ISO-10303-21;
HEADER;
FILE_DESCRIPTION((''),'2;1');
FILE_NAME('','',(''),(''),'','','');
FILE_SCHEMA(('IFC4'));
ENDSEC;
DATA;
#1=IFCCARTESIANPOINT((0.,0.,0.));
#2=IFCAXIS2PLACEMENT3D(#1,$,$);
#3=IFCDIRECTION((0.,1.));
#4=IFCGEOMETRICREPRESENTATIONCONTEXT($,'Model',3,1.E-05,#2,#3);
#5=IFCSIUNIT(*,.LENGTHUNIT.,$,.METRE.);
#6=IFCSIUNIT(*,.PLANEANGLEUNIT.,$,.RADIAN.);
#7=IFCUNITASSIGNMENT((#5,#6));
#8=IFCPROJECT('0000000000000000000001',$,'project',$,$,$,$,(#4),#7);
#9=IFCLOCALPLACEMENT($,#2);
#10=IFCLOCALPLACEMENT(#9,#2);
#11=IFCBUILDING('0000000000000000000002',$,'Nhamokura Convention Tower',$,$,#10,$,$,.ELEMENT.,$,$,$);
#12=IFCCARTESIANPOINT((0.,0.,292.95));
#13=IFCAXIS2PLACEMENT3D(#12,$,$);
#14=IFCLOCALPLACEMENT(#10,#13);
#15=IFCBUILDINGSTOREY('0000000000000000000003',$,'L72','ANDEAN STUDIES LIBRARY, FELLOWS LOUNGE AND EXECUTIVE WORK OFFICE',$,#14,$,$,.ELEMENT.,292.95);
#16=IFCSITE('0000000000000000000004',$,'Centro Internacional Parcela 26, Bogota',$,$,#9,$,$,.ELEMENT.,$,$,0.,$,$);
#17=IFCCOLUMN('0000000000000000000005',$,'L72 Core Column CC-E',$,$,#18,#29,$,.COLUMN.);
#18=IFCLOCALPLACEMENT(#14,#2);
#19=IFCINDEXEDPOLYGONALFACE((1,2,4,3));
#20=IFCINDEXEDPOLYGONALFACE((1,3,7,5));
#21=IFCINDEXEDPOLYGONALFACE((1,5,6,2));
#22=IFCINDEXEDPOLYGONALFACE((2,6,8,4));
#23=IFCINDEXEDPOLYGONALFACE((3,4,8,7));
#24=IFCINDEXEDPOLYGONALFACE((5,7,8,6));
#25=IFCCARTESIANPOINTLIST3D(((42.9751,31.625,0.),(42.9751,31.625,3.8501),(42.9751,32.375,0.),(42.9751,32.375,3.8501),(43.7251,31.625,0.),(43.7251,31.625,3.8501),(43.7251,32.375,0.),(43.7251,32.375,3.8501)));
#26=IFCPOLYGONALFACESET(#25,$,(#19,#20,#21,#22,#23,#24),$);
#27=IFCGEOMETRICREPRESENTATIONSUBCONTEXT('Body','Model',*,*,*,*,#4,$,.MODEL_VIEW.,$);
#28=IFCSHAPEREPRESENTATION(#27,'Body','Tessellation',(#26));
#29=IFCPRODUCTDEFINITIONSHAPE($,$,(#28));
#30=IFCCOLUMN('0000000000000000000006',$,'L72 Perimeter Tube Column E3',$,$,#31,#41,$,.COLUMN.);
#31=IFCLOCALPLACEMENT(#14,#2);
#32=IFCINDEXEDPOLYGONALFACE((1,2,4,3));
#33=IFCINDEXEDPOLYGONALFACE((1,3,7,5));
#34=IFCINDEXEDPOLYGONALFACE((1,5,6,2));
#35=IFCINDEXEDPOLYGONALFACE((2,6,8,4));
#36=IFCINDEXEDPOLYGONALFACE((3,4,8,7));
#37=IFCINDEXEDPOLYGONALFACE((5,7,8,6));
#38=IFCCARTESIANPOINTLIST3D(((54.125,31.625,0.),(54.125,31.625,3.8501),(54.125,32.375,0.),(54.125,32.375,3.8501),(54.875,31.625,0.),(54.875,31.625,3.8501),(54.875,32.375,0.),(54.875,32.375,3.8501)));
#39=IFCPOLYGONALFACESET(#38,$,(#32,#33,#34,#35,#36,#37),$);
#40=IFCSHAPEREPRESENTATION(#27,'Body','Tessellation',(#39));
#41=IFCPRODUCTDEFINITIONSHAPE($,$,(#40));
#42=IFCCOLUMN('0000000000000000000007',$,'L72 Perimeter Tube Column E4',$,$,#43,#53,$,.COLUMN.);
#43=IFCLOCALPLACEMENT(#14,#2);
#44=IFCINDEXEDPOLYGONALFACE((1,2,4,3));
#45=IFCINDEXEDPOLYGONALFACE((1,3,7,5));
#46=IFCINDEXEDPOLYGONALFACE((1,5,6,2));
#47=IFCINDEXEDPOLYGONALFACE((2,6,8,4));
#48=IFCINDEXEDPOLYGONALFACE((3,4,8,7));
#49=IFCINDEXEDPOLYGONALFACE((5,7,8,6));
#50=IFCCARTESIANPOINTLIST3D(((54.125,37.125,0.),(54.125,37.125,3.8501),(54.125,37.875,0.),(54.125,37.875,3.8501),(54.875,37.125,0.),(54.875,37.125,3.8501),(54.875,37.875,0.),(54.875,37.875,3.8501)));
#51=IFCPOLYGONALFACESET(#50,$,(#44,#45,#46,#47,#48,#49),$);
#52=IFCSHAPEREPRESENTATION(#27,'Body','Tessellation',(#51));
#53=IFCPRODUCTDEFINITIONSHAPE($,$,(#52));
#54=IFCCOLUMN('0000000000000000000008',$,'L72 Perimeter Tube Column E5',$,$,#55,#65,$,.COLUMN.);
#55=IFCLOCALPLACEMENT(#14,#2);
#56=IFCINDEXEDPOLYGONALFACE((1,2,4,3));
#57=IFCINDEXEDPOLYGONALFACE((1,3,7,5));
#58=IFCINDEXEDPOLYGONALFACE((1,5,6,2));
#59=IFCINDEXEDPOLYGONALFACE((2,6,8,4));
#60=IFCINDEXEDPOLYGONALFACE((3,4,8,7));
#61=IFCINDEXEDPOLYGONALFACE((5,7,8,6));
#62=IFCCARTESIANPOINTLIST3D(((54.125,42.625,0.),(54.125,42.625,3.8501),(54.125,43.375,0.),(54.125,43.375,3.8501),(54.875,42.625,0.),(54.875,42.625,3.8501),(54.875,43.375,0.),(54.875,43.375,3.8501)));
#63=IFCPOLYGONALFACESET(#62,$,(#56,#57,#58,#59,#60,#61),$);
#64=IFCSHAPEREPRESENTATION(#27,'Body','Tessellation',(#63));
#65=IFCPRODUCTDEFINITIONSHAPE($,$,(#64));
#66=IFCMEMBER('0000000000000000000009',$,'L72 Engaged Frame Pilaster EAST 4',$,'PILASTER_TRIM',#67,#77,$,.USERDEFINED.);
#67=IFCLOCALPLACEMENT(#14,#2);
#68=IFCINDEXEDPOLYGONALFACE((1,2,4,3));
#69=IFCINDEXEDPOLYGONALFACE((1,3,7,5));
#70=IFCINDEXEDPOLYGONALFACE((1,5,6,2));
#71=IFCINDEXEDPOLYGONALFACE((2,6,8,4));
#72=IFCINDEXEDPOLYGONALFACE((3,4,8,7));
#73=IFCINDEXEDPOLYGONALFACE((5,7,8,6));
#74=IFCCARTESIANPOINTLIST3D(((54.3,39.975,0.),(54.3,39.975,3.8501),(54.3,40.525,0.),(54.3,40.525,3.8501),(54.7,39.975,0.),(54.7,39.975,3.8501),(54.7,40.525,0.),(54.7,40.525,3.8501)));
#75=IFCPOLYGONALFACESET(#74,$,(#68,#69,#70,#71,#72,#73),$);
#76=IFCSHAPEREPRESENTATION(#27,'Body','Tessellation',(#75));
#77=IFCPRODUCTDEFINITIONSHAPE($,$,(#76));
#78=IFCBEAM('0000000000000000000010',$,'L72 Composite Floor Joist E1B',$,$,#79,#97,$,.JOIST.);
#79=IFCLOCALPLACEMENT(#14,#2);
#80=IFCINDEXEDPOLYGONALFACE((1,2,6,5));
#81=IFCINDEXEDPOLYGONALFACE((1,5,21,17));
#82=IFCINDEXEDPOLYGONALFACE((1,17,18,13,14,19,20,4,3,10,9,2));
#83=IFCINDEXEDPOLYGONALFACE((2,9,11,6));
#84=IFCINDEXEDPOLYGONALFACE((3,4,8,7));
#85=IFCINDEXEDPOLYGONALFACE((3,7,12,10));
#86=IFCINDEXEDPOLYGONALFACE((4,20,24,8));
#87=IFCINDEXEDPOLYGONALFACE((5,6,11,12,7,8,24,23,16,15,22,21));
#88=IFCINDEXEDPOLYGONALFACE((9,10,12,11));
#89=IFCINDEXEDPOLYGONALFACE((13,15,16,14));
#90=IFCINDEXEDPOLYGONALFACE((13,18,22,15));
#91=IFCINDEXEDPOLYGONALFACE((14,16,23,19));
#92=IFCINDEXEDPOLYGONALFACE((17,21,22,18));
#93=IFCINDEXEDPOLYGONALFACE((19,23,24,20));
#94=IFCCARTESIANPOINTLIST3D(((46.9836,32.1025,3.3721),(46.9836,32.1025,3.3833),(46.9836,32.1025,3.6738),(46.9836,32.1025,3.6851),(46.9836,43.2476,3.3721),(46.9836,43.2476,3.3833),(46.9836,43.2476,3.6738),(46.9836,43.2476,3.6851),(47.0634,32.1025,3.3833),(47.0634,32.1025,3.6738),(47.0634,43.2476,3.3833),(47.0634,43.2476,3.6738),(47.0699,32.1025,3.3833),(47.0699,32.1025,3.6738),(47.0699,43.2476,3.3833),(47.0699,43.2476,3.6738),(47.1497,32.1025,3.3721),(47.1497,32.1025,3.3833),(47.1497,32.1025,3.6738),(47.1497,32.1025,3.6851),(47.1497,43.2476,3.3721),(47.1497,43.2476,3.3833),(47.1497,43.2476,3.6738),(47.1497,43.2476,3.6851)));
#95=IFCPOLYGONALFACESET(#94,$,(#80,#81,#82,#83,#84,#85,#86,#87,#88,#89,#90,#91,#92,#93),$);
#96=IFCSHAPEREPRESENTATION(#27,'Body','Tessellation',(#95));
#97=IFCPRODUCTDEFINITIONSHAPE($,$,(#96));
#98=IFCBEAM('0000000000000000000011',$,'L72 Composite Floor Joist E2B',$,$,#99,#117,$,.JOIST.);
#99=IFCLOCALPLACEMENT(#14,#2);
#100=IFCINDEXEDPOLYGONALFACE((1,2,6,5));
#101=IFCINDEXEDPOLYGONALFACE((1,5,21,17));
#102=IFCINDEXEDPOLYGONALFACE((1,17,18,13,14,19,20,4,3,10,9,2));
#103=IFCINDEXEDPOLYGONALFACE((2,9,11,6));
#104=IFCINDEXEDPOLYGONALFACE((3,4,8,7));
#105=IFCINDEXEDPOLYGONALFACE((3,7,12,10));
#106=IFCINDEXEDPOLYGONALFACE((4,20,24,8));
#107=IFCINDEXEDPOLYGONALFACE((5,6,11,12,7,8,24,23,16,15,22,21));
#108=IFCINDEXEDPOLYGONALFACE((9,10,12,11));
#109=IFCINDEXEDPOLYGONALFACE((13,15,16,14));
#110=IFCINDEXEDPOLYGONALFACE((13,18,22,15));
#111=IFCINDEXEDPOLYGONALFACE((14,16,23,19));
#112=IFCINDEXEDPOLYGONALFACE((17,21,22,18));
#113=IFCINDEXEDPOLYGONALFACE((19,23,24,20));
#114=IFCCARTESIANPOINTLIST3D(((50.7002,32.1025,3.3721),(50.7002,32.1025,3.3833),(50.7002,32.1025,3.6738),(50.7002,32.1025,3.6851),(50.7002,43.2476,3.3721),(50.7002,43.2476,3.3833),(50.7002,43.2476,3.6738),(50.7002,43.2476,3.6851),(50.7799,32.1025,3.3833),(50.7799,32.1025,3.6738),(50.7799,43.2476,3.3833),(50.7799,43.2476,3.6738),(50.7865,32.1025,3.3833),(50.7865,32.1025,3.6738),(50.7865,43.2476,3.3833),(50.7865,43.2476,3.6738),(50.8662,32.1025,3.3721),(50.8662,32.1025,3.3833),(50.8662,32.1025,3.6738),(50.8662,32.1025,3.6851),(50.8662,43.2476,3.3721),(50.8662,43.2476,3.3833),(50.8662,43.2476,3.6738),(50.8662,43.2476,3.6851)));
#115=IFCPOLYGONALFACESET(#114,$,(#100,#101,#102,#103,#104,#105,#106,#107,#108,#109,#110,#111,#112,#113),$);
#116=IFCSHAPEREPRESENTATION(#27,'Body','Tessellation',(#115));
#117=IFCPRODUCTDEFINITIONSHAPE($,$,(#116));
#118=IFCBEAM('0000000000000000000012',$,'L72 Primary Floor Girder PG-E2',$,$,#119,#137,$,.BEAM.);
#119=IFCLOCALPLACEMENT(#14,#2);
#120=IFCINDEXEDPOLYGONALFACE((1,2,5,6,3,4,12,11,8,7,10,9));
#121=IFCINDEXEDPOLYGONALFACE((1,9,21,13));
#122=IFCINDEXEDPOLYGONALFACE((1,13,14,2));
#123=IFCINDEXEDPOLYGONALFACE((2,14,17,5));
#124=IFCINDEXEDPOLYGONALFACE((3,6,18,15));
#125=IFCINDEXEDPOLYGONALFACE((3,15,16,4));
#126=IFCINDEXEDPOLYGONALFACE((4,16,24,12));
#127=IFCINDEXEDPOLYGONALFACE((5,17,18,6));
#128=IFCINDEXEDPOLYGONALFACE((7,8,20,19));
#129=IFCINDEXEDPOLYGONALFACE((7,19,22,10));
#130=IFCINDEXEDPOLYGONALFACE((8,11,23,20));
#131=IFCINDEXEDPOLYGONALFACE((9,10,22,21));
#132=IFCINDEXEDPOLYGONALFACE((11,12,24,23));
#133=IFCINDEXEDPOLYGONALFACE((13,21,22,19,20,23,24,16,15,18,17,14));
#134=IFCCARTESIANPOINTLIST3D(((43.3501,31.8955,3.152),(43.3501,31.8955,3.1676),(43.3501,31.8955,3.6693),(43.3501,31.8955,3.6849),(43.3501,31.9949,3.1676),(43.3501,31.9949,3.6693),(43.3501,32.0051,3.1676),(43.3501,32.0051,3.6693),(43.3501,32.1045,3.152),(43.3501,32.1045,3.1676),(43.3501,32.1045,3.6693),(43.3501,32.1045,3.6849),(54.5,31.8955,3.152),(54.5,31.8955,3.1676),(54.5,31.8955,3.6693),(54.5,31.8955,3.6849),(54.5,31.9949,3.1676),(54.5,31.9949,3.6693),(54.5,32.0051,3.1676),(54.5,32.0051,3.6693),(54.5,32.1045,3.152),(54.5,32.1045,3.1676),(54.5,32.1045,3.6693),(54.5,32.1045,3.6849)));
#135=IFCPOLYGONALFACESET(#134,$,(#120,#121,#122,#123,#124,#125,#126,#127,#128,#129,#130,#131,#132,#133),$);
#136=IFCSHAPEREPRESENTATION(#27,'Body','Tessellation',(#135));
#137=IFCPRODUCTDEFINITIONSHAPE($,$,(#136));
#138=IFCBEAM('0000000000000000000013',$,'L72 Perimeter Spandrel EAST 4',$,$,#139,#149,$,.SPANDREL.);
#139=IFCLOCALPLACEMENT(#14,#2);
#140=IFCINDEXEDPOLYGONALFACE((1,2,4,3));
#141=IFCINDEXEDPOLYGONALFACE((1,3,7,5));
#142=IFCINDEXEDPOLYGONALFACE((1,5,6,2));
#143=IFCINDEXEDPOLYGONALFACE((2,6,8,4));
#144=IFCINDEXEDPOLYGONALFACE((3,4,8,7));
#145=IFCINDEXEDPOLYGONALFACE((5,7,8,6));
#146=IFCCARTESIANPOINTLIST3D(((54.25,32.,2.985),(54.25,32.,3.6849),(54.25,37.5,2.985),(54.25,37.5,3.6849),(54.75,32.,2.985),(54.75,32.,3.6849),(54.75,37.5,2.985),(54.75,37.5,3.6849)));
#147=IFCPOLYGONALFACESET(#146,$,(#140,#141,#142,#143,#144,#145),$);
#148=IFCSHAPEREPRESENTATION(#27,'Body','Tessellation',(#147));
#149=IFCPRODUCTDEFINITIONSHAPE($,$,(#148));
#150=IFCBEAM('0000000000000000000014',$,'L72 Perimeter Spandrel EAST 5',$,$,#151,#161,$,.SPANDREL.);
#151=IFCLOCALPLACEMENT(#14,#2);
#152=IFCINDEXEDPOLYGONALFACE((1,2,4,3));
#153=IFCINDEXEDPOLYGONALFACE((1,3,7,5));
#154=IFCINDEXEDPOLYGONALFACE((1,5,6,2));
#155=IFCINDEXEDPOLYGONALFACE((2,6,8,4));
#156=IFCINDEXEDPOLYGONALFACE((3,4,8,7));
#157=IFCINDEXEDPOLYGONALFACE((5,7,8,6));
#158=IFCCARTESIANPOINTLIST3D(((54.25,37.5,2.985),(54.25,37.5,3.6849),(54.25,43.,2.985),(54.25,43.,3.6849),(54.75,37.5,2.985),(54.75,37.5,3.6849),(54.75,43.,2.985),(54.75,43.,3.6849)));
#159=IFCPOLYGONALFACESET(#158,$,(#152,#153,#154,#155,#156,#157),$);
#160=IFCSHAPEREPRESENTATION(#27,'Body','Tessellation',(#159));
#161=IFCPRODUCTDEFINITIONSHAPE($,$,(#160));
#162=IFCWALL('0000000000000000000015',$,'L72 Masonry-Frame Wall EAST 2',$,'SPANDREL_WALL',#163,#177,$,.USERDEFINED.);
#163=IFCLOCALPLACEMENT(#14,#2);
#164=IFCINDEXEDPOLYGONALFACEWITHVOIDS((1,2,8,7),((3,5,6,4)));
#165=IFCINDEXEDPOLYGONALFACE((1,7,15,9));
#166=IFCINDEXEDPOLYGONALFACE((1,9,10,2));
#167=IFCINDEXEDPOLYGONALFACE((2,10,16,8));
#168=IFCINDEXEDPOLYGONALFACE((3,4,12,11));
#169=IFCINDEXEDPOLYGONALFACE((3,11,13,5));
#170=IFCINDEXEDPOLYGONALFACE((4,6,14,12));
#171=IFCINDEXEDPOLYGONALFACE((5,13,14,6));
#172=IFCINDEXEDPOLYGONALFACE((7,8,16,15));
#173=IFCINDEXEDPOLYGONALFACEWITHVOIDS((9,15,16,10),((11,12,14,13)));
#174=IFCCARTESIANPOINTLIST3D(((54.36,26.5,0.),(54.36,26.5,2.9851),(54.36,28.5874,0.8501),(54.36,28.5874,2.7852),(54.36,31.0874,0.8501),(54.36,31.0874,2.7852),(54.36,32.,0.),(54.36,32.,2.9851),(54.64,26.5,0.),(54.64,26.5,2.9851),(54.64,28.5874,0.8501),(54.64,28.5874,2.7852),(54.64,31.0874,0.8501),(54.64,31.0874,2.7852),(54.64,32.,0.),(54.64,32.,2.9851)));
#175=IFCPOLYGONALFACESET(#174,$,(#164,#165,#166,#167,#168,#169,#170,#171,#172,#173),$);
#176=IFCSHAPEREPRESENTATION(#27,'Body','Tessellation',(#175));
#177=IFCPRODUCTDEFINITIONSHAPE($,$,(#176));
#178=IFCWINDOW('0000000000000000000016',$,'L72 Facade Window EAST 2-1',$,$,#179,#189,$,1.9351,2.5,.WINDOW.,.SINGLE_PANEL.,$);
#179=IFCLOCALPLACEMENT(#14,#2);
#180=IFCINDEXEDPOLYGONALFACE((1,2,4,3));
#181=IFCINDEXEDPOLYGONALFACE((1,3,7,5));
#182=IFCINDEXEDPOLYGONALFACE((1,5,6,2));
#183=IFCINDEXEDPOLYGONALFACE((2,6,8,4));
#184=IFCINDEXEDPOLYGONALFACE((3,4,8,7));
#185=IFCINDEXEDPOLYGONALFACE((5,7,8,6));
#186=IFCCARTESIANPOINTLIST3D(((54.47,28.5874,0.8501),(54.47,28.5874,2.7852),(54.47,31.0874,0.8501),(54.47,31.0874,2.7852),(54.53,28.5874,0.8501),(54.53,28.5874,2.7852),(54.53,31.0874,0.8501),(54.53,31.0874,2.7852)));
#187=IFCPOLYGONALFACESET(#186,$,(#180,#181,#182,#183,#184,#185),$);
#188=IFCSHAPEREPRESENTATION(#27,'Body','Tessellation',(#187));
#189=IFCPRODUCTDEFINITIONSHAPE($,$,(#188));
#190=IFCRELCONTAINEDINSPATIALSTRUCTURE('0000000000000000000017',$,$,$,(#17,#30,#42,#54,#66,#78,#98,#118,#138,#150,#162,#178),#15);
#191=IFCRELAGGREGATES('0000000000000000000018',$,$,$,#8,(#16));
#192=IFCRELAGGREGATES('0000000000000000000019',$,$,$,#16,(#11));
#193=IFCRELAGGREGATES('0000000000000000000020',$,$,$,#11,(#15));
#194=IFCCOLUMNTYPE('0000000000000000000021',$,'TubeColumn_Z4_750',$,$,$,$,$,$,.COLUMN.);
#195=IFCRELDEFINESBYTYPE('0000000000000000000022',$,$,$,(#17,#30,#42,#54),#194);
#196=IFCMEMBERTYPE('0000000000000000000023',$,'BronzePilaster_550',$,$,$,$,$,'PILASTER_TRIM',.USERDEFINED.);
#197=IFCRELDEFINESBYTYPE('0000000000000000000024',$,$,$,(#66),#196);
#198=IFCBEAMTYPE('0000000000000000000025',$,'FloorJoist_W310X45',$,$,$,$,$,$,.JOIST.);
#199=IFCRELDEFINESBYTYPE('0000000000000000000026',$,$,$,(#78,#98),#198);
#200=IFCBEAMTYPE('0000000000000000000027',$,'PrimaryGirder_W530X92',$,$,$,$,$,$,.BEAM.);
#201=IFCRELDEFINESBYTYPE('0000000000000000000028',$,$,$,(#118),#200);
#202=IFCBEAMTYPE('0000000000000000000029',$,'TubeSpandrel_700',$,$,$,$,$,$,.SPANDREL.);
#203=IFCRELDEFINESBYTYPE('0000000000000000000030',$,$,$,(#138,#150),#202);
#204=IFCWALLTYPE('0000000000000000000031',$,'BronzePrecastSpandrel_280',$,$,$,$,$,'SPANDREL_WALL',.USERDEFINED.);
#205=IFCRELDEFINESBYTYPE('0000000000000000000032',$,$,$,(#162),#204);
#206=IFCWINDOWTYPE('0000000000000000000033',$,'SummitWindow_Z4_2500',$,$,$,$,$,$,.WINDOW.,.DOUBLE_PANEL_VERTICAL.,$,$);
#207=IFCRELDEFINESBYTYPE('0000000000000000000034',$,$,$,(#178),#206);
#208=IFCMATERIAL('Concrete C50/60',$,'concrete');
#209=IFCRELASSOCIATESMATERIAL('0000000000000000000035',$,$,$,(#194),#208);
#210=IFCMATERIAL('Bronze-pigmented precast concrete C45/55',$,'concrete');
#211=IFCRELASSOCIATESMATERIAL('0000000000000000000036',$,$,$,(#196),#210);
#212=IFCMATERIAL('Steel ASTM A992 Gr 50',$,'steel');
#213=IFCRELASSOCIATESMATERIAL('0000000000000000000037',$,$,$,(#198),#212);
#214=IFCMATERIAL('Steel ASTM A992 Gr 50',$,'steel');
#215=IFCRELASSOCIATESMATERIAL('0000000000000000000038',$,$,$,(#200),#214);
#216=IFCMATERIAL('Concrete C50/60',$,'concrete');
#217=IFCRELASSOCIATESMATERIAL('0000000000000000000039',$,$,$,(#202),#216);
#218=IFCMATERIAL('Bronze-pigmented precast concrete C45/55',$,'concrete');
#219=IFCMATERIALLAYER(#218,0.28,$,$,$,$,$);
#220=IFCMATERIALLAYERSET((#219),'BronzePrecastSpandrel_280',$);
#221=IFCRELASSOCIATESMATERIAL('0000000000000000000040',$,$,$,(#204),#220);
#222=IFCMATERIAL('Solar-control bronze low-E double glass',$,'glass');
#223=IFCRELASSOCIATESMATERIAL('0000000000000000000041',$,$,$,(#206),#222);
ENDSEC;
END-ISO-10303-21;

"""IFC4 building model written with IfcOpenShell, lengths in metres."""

from ifc_helpers import new_model, si_unit, direction, frame, frame_2d, origin, origin_2d, place, context, subcontext, project, spatial, rectangle, i_section, extrude, material, layer, layer_set, material_profile, profile_set, type_object, element, fill, save


model = new_model("IFC4")

# Units and contexts
model_context = context("Model", 3, precision=1e-05, world=origin(), true_north=direction((0.0, 1.0)))
body_context = subcontext(model_context, "Body", "Model", "MODEL_VIEW")
ifc_project = project(units=[si_unit("LENGTHUNIT", "METRE"), si_unit("PLANEANGLEUNIT", "RADIAN")], contexts=[model_context])

# Site, building, storey
site_placement = place(None, origin())
site = spatial("IfcSite", under=ifc_project, at=site_placement, Name="Centro Internacional Parcela 26, Bogota", CompositionType="ELEMENT", RefElevation=0.0)
building_placement = place(site_placement, origin())
building = spatial("IfcBuilding", under=site, at=building_placement, Name="Nhamokura Convention Tower", CompositionType="ELEMENT")
storey_placement = place(building_placement, frame((0.0, 0.0, 292.95)))
storey = spatial("IfcBuildingStorey", under=building, at=storey_placement, Name="L72", Description="ANDEAN STUDIES LIBRARY, FELLOWS LOUNGE AND EXECUTIVE WORK OFFICE", CompositionType="ELEMENT", Elevation=292.95)

# Columns
ifc_material_1 = material(Name="Concrete C50/60", Category="concrete")
ifc_material_profile_1 = material_profile(ifc_material_1, rectangle(XDim=0.75, YDim=0.75, at=origin_2d()))
ifc_profile_set_1 = profile_set([ifc_material_profile_1], Name="Concrete C50/60")
column_type = type_object("IfcColumnType", Name="TubeColumn_Z4_750", PredefinedType="COLUMN", material=ifc_profile_set_1)
for number, where, z_axis, x_axis, name in (
    (1, (43.3501, 32.0, 0.0), (0.0, 0.0, 1.0), (1.0, 0.0, 0.0), "L72 Core Column CC-E"),
    (2, (54.5, 32.0, 0.0), (0.0, 0.0, 1.0), (1.0, 0.0, 0.0), "L72 Perimeter Tube Column E3"),
    (3, (54.5, 37.5, 0.0), (0.0, 0.0, 1.0), (1.0, 0.0, 0.0), "L72 Perimeter Tube Column E4"),
    (4, (54.5, 43.0, 0.0), (0.0, 0.0, 1.0), (1.0, 0.0, 0.0), "L72 Perimeter Tube Column E5"),
):
    element("IfcColumn", number, at=place(storey_placement, frame(where, z_axis=z_axis, x_axis=x_axis)), inside=storey, type_object=column_type, Name=name, PredefinedType="COLUMN", context=body_context, shape_type="SweptSolid", body=[
        extrude(rectangle(XDim=0.75, YDim=0.75, at=origin_2d()), origin(), (0.0, 0.0, 1.0), 3.8501),
    ])

# Member
ifc_material_2 = material(Name="Bronze-pigmented precast concrete C45/55", Category="concrete")
ifc_material_profile_2 = material_profile(ifc_material_2, rectangle(XDim=0.3999, YDim=0.55, at=origin_2d()))
ifc_profile_set_2 = profile_set([ifc_material_profile_2], Name="Bronze-pigmented precast concrete C45/55")
member_type = type_object("IfcMemberType", Name="BronzePilaster_550", ElementType="PILASTER_TRIM", PredefinedType="USERDEFINED", material=ifc_profile_set_2)
member_placement = place(storey_placement, frame((54.5, 40.25, 0.0), z_axis=(0.0, 0.0, 1.0), x_axis=(1.0, 0.0, 0.0)))
element("IfcMember", 5, at=member_placement, inside=storey, type_object=member_type, Name="L72 Engaged Frame Pilaster EAST 4", ObjectType="PILASTER_TRIM", PredefinedType="USERDEFINED", context=body_context, shape_type="SweptSolid", body=[
    extrude(rectangle(XDim=0.3999, YDim=0.55, at=origin_2d()), origin(), (0.0, 0.0, 1.0), 3.8501),
])

# Beams
ifc_material_3 = material(Name="Steel ASTM A992 Gr 50", Category="steel")
ifc_material_profile_3 = material_profile(ifc_material_3, i_section(OverallWidth=0.166, OverallDepth=0.313, WebThickness=0.0066, FlangeThickness=0.0112, at=origin_2d()))
ifc_profile_set_3 = profile_set([ifc_material_profile_3], Name="Steel ASTM A992 Gr 50")
beam_type_1 = type_object("IfcBeamType", Name="FloorJoist_W310X45", PredefinedType="JOIST", material=ifc_profile_set_3)
for number, where, z_axis, x_axis, name in (
    (6, (47.0667, 32.1025, 3.5286), (0.0, 1.0, 0.0), (-1.0, 0.0, 0.0), "L72 Composite Floor Joist E1B"),
    (7, (50.7832, 32.1025, 3.5286), (0.0, 1.0, 0.0), (-1.0, 0.0, 0.0), "L72 Composite Floor Joist E2B"),
):
    element("IfcBeam", number, at=place(storey_placement, frame(where, z_axis=z_axis, x_axis=x_axis)), inside=storey, type_object=beam_type_1, Name=name, PredefinedType="JOIST", context=body_context, shape_type="SweptSolid", body=[
        extrude(i_section(OverallWidth=0.166, OverallDepth=0.313, WebThickness=0.0066, FlangeThickness=0.0112, at=origin_2d()), origin(), (0.0, 0.0, 1.0), 11.145),
    ])
ifc_material_4 = material(Name="Steel ASTM A992 Gr 50", Category="steel")
ifc_material_profile_4 = material_profile(ifc_material_4, i_section(OverallWidth=0.209, OverallDepth=0.533, WebThickness=0.0103, FlangeThickness=0.0156, at=origin_2d()))
ifc_profile_set_4 = profile_set([ifc_material_profile_4], Name="Steel ASTM A992 Gr 50")
beam_type_2 = type_object("IfcBeamType", Name="PrimaryGirder_W530X92", PredefinedType="BEAM", material=ifc_profile_set_4)
beam_placement = place(storey_placement, frame((43.3501, 32.0, 3.4185), z_axis=(1.0, 0.0, 0.0), x_axis=(0.0, 1.0, 0.0)))
element("IfcBeam", 8, at=beam_placement, inside=storey, type_object=beam_type_2, Name="L72 Primary Floor Girder PG-E2", PredefinedType="BEAM", context=body_context, shape_type="SweptSolid", body=[
    extrude(i_section(OverallWidth=0.209, OverallDepth=0.533, WebThickness=0.0103, FlangeThickness=0.0156, at=origin_2d()), origin(), (0.0, 0.0, 1.0), 11.1499),
])
ifc_material_5 = material(Name="Concrete C50/60", Category="concrete")
ifc_material_profile_5 = material_profile(ifc_material_5, rectangle(XDim=0.5, YDim=0.7, at=origin_2d()))
ifc_profile_set_5 = profile_set([ifc_material_profile_5], Name="Concrete C50/60")
beam_type_3 = type_object("IfcBeamType", Name="TubeSpandrel_700", PredefinedType="SPANDREL", material=ifc_profile_set_5)
for number, where, z_axis, x_axis, name in (
    (9, (54.5, 32.0, 3.335), (0.0, 1.0, 0.0), (-1.0, 0.0, 0.0), "L72 Perimeter Spandrel EAST 4"),
    (10, (54.5, 37.5, 3.335), (0.0, 1.0, 0.0), (-1.0, 0.0, 0.0), "L72 Perimeter Spandrel EAST 5"),
):
    element("IfcBeam", number, at=place(storey_placement, frame(where, z_axis=z_axis, x_axis=x_axis)), inside=storey, type_object=beam_type_3, Name=name, PredefinedType="SPANDREL", context=body_context, shape_type="SweptSolid", body=[
        extrude(rectangle(XDim=0.5, YDim=0.7, at=origin_2d()), origin(), (0.0, 0.0, 1.0), 5.5),
    ])

# Wall, opening, window
ifc_material_6 = material(Name="Bronze-pigmented precast concrete C45/55", Category="concrete")
ifc_layer_1 = layer(ifc_material_6, 0.28)
ifc_layer_set_1 = layer_set([ifc_layer_1], Name="BronzePrecastSpandrel_280")
wall_type_1 = type_object("IfcWallType", Name="BronzePrecastSpandrel_280", ElementType="SPANDREL_WALL", PredefinedType="USERDEFINED", material=ifc_layer_set_1)
wall_1_placement = place(storey_placement, frame((54.5, 32.0, 0.0), z_axis=(0.0, 0.0, 1.0), x_axis=(0.0, -1.0, 0.0)))
wall_1 = element("IfcWall", 11, at=wall_1_placement, inside=storey, type_object=wall_type_1, Name="L72 Masonry-Frame Wall EAST 2", ObjectType="SPANDREL_WALL", PredefinedType="USERDEFINED", context=body_context, shape_type="SweptSolid", body=[
    extrude(rectangle(XDim=5.5, YDim=0.28, at=frame_2d((2.75, 0.0))), origin(), (0.0, 0.0, 1.0), 2.9851),
])
opening_1_placement = place(wall_1_placement, frame((0.9126, 0.0, 0.8501)))
opening_1 = element("IfcOpeningElement", 12, at=opening_1_placement, cuts=wall_1, PredefinedType="OPENING", context=body_context, shape_type="SweptSolid", body=[
    extrude(rectangle(XDim=2.5, YDim=1.9351, at=frame_2d((1.25, 0.9675))), frame((0.0, 0.1499, 0.0), z_axis=(0.0, -1.0, 0.0), x_axis=(1.0, 0.0, 0.0)), (0.0, 0.0, 1.0), 0.3),
])
ifc_material_7 = material(Name="Solar-control bronze low-E double glass", Category="glass")
window_type_1 = type_object("IfcWindowType", Name="SummitWindow_Z4_2500", PartitioningType="DOUBLE_PANEL_VERTICAL", PredefinedType="WINDOW", material=ifc_material_7)
window_1_placement = place(opening_1_placement, origin())
window_1 = element("IfcWindow", 13, at=window_1_placement, inside=storey, type_object=window_type_1, Name="L72 Facade Window EAST 2-1", OverallHeight=1.9351, OverallWidth=2.5, PartitioningType="SINGLE_PANEL", PredefinedType="WINDOW", context=body_context, shape_type="SweptSolid", body=[
    extrude(rectangle(XDim=2.5, YDim=1.9351, at=frame_2d((1.25, 0.9675))), frame((0.0, 0.03, 0.0), z_axis=(0.0, -1.0, 0.0), x_axis=(1.0, 0.0, 0.0)), (0.0, 0.0, 1.0), 0.0601),
])
fill(opening_1, window_1)

save(model, "model.ifc")
